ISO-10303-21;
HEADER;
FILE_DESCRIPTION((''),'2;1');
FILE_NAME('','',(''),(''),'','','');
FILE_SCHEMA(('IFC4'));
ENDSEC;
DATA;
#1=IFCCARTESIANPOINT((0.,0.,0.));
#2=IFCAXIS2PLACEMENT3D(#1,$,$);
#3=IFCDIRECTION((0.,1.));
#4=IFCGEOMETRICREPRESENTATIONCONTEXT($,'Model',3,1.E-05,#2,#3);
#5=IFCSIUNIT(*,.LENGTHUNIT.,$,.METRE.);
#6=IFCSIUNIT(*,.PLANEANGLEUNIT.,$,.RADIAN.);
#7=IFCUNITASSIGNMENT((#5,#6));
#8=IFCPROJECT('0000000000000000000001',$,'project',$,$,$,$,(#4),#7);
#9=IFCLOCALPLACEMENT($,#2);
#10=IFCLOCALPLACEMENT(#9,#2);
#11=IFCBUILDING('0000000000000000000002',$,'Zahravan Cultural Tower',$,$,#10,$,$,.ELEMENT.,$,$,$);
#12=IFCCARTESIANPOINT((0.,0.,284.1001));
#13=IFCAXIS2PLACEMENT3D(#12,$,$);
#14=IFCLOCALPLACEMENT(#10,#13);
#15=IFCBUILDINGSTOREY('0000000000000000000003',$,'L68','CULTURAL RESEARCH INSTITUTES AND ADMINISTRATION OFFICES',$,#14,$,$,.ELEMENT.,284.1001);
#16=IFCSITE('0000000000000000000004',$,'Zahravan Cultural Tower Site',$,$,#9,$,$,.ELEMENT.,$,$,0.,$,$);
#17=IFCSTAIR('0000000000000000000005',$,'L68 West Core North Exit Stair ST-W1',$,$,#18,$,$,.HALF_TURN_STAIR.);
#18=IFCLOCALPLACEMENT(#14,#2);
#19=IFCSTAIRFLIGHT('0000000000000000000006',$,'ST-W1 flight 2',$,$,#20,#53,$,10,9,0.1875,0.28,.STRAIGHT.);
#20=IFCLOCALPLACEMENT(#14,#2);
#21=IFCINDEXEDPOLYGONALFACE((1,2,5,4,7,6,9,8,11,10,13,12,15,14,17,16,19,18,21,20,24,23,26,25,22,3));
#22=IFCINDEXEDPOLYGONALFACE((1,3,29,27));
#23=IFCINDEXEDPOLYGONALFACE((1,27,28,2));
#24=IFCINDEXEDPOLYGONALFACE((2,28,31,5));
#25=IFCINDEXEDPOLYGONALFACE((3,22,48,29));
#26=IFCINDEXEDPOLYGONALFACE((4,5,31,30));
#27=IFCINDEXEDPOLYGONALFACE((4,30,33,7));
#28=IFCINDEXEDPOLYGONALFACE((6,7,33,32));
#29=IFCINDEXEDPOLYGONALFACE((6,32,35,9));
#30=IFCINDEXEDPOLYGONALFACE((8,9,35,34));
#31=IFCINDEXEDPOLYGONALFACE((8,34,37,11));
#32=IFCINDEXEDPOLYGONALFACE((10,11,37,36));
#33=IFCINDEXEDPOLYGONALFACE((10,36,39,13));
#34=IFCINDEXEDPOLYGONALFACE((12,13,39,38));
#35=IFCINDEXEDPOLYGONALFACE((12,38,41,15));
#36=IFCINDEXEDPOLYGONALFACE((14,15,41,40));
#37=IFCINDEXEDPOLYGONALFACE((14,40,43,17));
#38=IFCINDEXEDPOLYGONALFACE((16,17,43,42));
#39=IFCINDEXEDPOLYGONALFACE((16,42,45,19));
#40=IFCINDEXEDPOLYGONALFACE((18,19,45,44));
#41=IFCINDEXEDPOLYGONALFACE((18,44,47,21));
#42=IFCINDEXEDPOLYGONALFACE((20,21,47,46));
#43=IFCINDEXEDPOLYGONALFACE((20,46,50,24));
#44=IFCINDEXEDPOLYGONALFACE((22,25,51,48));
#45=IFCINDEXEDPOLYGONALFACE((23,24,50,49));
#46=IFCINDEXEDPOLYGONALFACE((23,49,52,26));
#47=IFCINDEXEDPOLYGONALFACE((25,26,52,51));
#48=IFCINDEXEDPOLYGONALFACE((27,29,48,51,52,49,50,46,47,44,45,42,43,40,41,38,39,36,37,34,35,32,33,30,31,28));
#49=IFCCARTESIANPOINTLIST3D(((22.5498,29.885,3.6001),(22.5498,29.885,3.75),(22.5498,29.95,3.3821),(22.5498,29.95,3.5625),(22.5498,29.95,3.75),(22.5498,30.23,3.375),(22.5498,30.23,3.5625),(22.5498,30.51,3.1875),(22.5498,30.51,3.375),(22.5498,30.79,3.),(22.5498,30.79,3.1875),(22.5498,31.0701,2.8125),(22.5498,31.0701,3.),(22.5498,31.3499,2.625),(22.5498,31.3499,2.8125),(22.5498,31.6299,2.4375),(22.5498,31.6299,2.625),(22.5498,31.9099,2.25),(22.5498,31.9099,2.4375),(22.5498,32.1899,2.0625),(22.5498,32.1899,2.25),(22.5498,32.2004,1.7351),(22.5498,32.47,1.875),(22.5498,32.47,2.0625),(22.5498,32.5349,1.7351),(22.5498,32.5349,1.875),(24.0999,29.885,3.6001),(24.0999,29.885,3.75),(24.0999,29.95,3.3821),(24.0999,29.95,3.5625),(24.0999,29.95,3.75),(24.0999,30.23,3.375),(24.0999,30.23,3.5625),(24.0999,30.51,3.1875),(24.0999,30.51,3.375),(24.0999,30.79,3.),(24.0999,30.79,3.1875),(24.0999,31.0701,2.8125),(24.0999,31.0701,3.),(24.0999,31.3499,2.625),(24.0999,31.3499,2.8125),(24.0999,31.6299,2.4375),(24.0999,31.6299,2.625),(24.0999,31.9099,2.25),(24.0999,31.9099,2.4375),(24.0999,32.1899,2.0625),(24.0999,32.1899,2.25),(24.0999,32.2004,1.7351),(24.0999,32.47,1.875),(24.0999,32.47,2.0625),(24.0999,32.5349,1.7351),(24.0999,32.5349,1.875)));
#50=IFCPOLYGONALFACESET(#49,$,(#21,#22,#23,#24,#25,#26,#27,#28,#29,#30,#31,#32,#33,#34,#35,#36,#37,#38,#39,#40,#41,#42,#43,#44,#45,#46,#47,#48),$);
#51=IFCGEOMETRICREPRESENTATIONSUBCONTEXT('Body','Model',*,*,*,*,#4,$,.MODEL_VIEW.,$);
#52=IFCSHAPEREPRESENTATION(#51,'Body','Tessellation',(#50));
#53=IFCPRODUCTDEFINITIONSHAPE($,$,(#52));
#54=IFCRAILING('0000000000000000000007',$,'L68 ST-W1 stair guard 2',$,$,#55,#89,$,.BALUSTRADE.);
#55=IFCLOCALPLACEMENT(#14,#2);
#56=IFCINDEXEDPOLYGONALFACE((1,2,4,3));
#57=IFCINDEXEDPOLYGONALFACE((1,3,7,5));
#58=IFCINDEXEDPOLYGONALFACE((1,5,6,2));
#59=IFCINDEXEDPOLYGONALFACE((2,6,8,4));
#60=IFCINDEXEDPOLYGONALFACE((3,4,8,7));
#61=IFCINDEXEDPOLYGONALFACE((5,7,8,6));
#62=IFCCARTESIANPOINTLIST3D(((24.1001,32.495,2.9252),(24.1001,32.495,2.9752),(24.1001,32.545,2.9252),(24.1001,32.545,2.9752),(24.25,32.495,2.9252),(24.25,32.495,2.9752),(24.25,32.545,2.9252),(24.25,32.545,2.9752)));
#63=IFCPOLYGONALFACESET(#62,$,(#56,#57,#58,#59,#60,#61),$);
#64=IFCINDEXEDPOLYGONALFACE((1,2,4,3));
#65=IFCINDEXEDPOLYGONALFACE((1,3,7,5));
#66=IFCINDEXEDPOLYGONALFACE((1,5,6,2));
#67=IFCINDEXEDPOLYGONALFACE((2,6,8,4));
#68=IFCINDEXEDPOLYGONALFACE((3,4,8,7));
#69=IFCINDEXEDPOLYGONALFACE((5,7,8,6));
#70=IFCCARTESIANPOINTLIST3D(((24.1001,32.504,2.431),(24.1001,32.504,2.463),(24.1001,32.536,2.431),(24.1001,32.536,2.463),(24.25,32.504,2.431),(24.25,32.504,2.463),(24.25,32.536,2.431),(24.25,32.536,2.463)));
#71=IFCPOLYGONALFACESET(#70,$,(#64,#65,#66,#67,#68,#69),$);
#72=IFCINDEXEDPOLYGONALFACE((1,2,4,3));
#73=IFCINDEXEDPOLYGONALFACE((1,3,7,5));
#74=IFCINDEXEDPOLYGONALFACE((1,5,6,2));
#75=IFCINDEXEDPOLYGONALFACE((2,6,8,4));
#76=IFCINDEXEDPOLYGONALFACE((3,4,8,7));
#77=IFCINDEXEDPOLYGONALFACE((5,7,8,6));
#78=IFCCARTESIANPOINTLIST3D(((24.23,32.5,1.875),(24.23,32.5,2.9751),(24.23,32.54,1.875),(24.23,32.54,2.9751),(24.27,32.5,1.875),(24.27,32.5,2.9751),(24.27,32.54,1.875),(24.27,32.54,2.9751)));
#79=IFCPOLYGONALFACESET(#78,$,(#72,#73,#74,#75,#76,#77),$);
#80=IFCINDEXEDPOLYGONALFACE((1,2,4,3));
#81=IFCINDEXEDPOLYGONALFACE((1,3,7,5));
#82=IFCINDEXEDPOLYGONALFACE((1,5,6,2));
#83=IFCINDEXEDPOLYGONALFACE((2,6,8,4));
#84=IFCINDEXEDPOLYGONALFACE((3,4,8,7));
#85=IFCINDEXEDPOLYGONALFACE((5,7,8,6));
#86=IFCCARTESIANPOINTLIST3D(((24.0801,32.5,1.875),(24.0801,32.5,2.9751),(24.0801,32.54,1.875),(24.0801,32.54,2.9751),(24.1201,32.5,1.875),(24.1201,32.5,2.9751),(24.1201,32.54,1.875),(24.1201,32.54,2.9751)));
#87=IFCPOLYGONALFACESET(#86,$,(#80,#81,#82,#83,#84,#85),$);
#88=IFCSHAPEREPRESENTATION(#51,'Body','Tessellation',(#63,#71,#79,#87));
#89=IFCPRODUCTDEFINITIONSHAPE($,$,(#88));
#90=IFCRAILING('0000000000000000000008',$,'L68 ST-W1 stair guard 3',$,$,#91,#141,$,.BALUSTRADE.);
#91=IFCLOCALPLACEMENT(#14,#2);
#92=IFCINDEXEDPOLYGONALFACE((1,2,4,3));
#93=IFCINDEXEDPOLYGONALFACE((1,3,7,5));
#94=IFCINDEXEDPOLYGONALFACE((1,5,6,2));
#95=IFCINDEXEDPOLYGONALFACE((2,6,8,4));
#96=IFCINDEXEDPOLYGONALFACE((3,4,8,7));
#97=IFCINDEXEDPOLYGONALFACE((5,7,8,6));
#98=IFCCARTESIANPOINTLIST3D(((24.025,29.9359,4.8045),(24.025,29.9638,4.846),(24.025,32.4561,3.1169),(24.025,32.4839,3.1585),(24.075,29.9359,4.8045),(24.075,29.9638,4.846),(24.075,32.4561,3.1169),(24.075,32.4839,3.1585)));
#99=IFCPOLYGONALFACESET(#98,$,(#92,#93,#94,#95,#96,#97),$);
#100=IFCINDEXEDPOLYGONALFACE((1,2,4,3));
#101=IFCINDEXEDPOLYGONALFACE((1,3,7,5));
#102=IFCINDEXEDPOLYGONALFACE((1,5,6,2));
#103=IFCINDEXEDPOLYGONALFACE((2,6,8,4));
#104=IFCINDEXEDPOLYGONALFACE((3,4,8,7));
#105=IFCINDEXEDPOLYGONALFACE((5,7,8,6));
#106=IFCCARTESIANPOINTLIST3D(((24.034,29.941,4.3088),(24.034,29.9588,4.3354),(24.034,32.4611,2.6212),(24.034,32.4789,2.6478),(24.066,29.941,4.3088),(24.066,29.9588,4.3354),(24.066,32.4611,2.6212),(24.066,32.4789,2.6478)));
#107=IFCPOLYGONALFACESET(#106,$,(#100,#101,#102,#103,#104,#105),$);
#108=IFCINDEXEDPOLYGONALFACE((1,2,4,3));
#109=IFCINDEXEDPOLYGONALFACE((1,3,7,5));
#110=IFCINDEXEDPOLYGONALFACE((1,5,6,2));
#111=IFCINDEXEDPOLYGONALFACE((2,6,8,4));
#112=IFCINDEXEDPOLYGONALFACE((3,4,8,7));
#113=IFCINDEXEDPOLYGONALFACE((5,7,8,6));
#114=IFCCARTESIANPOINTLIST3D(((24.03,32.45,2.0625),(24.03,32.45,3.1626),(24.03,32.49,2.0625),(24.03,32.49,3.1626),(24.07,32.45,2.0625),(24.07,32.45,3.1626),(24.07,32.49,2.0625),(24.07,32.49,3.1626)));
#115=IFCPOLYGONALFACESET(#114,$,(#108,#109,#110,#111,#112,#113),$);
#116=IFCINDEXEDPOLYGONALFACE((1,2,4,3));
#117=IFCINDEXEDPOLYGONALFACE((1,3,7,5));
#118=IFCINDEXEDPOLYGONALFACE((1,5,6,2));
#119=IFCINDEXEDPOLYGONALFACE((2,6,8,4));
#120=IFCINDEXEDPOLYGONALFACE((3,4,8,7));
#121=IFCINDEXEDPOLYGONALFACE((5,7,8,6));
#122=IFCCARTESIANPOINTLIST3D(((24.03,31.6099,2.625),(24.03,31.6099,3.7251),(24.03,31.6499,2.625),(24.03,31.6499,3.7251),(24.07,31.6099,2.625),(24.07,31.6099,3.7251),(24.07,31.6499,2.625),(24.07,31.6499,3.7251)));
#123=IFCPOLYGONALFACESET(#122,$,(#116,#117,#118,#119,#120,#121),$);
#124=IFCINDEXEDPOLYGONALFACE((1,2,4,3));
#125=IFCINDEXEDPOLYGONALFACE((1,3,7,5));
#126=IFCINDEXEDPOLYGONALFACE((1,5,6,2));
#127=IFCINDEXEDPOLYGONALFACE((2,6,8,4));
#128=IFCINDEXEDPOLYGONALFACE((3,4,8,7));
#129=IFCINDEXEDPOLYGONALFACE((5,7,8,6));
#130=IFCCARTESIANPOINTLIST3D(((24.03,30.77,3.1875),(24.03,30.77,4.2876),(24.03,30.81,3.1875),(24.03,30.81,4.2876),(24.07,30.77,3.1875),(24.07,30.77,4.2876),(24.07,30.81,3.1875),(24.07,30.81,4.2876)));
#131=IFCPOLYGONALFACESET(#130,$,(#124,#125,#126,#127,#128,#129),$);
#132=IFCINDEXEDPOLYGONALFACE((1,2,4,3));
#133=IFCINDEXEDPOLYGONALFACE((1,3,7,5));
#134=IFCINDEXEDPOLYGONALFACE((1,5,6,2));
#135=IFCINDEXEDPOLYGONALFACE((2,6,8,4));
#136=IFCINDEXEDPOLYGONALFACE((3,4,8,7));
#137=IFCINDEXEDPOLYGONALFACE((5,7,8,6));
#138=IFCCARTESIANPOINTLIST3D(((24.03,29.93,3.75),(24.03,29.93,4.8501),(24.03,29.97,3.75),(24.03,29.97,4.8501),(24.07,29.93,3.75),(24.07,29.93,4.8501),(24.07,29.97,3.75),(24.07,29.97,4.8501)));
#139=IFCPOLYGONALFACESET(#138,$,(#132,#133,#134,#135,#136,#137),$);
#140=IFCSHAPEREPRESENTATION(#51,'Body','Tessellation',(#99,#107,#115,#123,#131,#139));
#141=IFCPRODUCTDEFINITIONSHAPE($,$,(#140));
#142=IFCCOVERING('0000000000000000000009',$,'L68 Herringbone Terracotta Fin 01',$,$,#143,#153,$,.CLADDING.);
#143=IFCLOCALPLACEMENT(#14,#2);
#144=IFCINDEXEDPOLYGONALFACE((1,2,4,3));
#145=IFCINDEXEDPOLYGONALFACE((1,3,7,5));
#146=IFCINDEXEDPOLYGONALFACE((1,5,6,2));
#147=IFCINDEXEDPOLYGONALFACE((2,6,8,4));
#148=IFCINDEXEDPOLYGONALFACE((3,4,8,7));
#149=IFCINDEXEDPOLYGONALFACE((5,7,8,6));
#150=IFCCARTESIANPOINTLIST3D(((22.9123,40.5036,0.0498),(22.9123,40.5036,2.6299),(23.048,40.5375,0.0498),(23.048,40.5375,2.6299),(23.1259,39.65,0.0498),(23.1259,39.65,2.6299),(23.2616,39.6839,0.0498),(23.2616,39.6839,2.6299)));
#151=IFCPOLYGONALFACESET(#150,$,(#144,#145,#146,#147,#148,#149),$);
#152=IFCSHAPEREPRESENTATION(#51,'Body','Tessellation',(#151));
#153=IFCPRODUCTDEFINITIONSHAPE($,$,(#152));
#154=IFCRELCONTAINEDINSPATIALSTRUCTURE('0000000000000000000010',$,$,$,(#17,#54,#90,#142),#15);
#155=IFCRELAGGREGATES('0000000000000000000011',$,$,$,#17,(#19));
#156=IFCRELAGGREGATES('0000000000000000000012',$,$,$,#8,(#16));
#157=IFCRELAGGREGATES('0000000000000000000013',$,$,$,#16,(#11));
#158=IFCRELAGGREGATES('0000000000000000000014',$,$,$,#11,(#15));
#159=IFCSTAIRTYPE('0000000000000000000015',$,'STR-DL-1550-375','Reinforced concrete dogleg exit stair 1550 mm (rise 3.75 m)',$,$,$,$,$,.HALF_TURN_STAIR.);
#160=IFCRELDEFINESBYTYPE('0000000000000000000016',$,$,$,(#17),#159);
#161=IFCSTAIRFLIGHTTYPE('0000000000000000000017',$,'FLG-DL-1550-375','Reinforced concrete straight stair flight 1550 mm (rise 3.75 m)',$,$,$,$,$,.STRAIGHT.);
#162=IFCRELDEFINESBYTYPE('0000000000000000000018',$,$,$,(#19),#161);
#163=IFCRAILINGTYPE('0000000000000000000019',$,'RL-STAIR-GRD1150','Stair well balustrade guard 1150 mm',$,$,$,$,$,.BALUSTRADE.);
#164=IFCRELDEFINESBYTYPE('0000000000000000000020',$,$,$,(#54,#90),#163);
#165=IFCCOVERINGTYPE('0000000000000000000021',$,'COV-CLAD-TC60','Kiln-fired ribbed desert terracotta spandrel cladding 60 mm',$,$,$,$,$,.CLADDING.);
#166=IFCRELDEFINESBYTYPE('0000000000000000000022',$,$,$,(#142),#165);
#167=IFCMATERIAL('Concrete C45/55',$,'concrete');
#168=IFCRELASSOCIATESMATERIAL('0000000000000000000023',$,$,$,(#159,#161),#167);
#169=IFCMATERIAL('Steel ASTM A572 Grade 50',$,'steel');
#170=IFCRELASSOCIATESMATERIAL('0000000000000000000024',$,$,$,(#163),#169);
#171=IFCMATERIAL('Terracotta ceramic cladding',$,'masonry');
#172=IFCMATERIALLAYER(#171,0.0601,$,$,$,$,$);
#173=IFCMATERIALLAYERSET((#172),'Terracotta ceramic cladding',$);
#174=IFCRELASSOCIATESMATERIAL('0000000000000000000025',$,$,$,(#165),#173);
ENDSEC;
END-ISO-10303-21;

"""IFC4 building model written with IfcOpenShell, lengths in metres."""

from ifc_helpers import new_model, si_unit, direction, frame, origin, origin_2d, place, context, subcontext, project, spatial, polyline, rectangle, outline, extrude, source, transform, mapped, material, layer, layer_set, type_object, element, aggregate, save


model = new_model("IFC4")

# Units and contexts
model_context = context("Model", 3, precision=1e-05, world=origin(), true_north=direction((0.0, 1.0)))
body_context = subcontext(model_context, "Body", "Model", "MODEL_VIEW")
ifc_project = project(units=[si_unit("LENGTHUNIT", "METRE"), si_unit("PLANEANGLEUNIT", "RADIAN")], contexts=[model_context])

# Site, building, storey
site_placement = place(None, origin())
site = spatial("IfcSite", under=ifc_project, at=site_placement, Name="Zahravan Cultural Tower Site", CompositionType="ELEMENT", RefElevation=0.0)
building_placement = place(site_placement, origin())
building = spatial("IfcBuilding", under=site, at=building_placement, Name="Zahravan Cultural Tower", CompositionType="ELEMENT")
storey_placement = place(building_placement, frame((0.0, 0.0, 284.1001)))
storey = spatial("IfcBuildingStorey", under=building, at=storey_placement, Name="L68", Description="CULTURAL RESEARCH INSTITUTES AND ADMINISTRATION OFFICES", CompositionType="ELEMENT", Elevation=284.1001)

# Shared definitions
ifc_material_1 = material(Name="Concrete C45/55", Category="concrete")

# Stair, stair flight
stair_type = type_object("IfcStairType", Name="STR-DL-1550-375", Description="Reinforced concrete dogleg exit stair 1550 mm (rise 3.75 m)", PredefinedType="HALF_TURN_STAIR", material=ifc_material_1)
stair_placement = place(storey_placement, origin())
stair = element("IfcStair", 1, at=stair_placement, inside=storey, type_object=stair_type, Name="L68 West Core North Exit Stair ST-W1", PredefinedType="HALF_TURN_STAIR")
stair_flight_type = type_object("IfcStairFlightType", Name="FLG-DL-1550-375", Description="Reinforced concrete straight stair flight 1550 mm (rise 3.75 m)", PredefinedType="STRAIGHT", material=ifc_material_1)
stair_flight_placement = place(storey_placement, frame((23.325, 32.47, 1.875), z_axis=(0.0, 0.0, 1.0), x_axis=(0.0, -1.0, 0.0)))
stair_flight = element("IfcStairFlight", 2, at=stair_flight_placement, type_object=stair_flight_type, Name="ST-W1 flight 2", NumberOfRisers=10, NumberOfTreads=9, PredefinedType="STRAIGHT", RiserHeight=0.1875, TreadLength=0.28, context=body_context, shape_type="SweptSolid", body=[
    extrude(outline(polyline([(-0.0649, -0.1399), (-0.0649, 0.0), (0.0, 0.0), (0.0, 0.1875), (0.28, 0.1875), (0.28, 0.375), (0.5601, 0.375), (0.5601, 0.5625), (0.8401, 0.5625), (0.8401, 0.75), (1.1201, 0.75), (1.1201, 0.9375), (1.3999, 0.9375), (1.3999, 1.125), (1.6799, 1.125), (1.6799, 1.3125), (1.96, 1.3125), (1.96, 1.5), (2.24, 1.5), (2.24, 1.6875), (2.52, 1.6875), (2.52, 1.875), (2.585, 1.875), (2.585, 1.7251), (2.52, 1.5071), (0.2695, -0.1399), (-0.0649, -0.1399)])), frame((0.0, 0.7749, 0.0), z_axis=(0.0, -1.0, 0.0), x_axis=(1.0, 0.0, 0.0)), (0.0, 0.0, 1.0), 1.55),
])
aggregate(stair, [stair_flight])

# Railings
ifc_material_2 = material(Name="Steel ASTM A572 Grade 50", Category="steel")
railing_type = type_object("IfcRailingType", Name="RL-STAIR-GRD1150", Description="Stair well balustrade guard 1150 mm", PredefinedType="BALUSTRADE", material=ifc_material_2)
railing_1_placement = place(storey_placement, frame((24.25, 32.52, 1.875)))
element("IfcRailing", 3, at=railing_1_placement, inside=storey, type_object=railing_type, Name="L68 ST-W1 stair guard 2", PredefinedType="BALUSTRADE", context=body_context, shape_type="SweptSolid", body=[
    extrude(rectangle(XDim=0.05, YDim=0.05, at=origin_2d()), frame((0.0, 0.0, 1.0752), z_axis=(-1.0, 0.0, 0.0), x_axis=(0.0, -1.0, 0.0)), (0.0, 0.0, 1.0), 0.1499),
    extrude(rectangle(XDim=0.032, YDim=0.032, at=origin_2d()), frame((0.0, 0.0, 0.572), z_axis=(-1.0, 0.0, 0.0), x_axis=(0.0, -1.0, 0.0)), (0.0, 0.0, 1.0), 0.1499),
    extrude(rectangle(XDim=0.04, YDim=0.04, at=origin_2d()), origin(), (0.0, 0.0, 1.0), 1.1001),
    extrude(rectangle(XDim=0.04, YDim=0.04, at=origin_2d()), frame((-0.1499, 0.0, 0.0)), (0.0, 0.0, 1.0), 1.1001),
])
railing_2_placement = place(storey_placement, frame((24.05, 32.47, 2.0625)))
element("IfcRailing", 4, at=railing_2_placement, inside=storey, type_object=railing_type, Name="L68 ST-W1 stair guard 3", PredefinedType="BALUSTRADE", context=body_context, shape_type="SweptSolid", body=[
    extrude(rectangle(XDim=0.05, YDim=0.05, at=origin_2d()), frame((0.0, 0.0, 1.0752), z_axis=(0.0, -0.830909, 0.556408), x_axis=(1.0, 0.0, 0.0)), (0.0, 0.0, 1.0), 3.033),
    extrude(rectangle(XDim=0.032, YDim=0.032, at=origin_2d()), frame((0.0, 0.0, 0.572), z_axis=(0.0, -0.830909, 0.556408), x_axis=(1.0, 0.0, 0.0)), (0.0, 0.0, 1.0), 3.033),
    extrude(rectangle(XDim=0.04, YDim=0.04, at=origin_2d()), origin(), (0.0, 0.0, 1.0), 1.1001),
    extrude(rectangle(XDim=0.04, YDim=0.04, at=origin_2d()), frame((0.0, -0.8401, 0.5625)), (0.0, 0.0, 1.0), 1.1001),
    extrude(rectangle(XDim=0.04, YDim=0.04, at=origin_2d()), frame((0.0, -1.6799, 1.125)), (0.0, 0.0, 1.0), 1.1001),
    extrude(rectangle(XDim=0.04, YDim=0.04, at=origin_2d()), frame((0.0, -2.52, 1.6875)), (0.0, 0.0, 1.0), 1.1001),
])

# Covering
ifc_material_3 = material(Name="Terracotta ceramic cladding", Category="masonry")
ifc_layer_1 = layer(ifc_material_3, 0.0601)
ifc_layer_set_1 = layer_set([ifc_layer_1], Name="Terracotta ceramic cladding")
covering_type = type_object("IfcCoveringType", Name="COV-CLAD-TC60", Description="Kiln-fired ribbed desert terracotta spandrel cladding 60 mm", PredefinedType="CLADDING", material=ifc_layer_set_1)
shared_shape_1 = source(origin(), body_context, "Body", "SweptSolid", [
    extrude(rectangle(XDim=0.8799, YDim=0.1399, at=origin_2d()), origin(), (0.0, 0.0, 1.0), 2.5801),
])
covering_placement = place(storey_placement, frame((23.0869, 40.0938, 0.0498), z_axis=(0.0, 0.0, 1.0), x_axis=(-0.242752, 0.970088, 0.0)))
element("IfcCovering", 5, at=covering_placement, inside=storey, type_object=covering_type, Name="L68 Herringbone Terracotta Fin 01", PredefinedType="CLADDING", context=body_context, shape_type="MappedRepresentation", body=[
    mapped(shared_shape_1, transform((0.0, 0.0, 0.0), x_axis=(1.0, 0.0, 0.0), y_axis=(0.0, 1.0, 0.0), z_axis=(0.0, 0.0, 1.0), scale=1.0)),
])

save(model, "model.ifc")
